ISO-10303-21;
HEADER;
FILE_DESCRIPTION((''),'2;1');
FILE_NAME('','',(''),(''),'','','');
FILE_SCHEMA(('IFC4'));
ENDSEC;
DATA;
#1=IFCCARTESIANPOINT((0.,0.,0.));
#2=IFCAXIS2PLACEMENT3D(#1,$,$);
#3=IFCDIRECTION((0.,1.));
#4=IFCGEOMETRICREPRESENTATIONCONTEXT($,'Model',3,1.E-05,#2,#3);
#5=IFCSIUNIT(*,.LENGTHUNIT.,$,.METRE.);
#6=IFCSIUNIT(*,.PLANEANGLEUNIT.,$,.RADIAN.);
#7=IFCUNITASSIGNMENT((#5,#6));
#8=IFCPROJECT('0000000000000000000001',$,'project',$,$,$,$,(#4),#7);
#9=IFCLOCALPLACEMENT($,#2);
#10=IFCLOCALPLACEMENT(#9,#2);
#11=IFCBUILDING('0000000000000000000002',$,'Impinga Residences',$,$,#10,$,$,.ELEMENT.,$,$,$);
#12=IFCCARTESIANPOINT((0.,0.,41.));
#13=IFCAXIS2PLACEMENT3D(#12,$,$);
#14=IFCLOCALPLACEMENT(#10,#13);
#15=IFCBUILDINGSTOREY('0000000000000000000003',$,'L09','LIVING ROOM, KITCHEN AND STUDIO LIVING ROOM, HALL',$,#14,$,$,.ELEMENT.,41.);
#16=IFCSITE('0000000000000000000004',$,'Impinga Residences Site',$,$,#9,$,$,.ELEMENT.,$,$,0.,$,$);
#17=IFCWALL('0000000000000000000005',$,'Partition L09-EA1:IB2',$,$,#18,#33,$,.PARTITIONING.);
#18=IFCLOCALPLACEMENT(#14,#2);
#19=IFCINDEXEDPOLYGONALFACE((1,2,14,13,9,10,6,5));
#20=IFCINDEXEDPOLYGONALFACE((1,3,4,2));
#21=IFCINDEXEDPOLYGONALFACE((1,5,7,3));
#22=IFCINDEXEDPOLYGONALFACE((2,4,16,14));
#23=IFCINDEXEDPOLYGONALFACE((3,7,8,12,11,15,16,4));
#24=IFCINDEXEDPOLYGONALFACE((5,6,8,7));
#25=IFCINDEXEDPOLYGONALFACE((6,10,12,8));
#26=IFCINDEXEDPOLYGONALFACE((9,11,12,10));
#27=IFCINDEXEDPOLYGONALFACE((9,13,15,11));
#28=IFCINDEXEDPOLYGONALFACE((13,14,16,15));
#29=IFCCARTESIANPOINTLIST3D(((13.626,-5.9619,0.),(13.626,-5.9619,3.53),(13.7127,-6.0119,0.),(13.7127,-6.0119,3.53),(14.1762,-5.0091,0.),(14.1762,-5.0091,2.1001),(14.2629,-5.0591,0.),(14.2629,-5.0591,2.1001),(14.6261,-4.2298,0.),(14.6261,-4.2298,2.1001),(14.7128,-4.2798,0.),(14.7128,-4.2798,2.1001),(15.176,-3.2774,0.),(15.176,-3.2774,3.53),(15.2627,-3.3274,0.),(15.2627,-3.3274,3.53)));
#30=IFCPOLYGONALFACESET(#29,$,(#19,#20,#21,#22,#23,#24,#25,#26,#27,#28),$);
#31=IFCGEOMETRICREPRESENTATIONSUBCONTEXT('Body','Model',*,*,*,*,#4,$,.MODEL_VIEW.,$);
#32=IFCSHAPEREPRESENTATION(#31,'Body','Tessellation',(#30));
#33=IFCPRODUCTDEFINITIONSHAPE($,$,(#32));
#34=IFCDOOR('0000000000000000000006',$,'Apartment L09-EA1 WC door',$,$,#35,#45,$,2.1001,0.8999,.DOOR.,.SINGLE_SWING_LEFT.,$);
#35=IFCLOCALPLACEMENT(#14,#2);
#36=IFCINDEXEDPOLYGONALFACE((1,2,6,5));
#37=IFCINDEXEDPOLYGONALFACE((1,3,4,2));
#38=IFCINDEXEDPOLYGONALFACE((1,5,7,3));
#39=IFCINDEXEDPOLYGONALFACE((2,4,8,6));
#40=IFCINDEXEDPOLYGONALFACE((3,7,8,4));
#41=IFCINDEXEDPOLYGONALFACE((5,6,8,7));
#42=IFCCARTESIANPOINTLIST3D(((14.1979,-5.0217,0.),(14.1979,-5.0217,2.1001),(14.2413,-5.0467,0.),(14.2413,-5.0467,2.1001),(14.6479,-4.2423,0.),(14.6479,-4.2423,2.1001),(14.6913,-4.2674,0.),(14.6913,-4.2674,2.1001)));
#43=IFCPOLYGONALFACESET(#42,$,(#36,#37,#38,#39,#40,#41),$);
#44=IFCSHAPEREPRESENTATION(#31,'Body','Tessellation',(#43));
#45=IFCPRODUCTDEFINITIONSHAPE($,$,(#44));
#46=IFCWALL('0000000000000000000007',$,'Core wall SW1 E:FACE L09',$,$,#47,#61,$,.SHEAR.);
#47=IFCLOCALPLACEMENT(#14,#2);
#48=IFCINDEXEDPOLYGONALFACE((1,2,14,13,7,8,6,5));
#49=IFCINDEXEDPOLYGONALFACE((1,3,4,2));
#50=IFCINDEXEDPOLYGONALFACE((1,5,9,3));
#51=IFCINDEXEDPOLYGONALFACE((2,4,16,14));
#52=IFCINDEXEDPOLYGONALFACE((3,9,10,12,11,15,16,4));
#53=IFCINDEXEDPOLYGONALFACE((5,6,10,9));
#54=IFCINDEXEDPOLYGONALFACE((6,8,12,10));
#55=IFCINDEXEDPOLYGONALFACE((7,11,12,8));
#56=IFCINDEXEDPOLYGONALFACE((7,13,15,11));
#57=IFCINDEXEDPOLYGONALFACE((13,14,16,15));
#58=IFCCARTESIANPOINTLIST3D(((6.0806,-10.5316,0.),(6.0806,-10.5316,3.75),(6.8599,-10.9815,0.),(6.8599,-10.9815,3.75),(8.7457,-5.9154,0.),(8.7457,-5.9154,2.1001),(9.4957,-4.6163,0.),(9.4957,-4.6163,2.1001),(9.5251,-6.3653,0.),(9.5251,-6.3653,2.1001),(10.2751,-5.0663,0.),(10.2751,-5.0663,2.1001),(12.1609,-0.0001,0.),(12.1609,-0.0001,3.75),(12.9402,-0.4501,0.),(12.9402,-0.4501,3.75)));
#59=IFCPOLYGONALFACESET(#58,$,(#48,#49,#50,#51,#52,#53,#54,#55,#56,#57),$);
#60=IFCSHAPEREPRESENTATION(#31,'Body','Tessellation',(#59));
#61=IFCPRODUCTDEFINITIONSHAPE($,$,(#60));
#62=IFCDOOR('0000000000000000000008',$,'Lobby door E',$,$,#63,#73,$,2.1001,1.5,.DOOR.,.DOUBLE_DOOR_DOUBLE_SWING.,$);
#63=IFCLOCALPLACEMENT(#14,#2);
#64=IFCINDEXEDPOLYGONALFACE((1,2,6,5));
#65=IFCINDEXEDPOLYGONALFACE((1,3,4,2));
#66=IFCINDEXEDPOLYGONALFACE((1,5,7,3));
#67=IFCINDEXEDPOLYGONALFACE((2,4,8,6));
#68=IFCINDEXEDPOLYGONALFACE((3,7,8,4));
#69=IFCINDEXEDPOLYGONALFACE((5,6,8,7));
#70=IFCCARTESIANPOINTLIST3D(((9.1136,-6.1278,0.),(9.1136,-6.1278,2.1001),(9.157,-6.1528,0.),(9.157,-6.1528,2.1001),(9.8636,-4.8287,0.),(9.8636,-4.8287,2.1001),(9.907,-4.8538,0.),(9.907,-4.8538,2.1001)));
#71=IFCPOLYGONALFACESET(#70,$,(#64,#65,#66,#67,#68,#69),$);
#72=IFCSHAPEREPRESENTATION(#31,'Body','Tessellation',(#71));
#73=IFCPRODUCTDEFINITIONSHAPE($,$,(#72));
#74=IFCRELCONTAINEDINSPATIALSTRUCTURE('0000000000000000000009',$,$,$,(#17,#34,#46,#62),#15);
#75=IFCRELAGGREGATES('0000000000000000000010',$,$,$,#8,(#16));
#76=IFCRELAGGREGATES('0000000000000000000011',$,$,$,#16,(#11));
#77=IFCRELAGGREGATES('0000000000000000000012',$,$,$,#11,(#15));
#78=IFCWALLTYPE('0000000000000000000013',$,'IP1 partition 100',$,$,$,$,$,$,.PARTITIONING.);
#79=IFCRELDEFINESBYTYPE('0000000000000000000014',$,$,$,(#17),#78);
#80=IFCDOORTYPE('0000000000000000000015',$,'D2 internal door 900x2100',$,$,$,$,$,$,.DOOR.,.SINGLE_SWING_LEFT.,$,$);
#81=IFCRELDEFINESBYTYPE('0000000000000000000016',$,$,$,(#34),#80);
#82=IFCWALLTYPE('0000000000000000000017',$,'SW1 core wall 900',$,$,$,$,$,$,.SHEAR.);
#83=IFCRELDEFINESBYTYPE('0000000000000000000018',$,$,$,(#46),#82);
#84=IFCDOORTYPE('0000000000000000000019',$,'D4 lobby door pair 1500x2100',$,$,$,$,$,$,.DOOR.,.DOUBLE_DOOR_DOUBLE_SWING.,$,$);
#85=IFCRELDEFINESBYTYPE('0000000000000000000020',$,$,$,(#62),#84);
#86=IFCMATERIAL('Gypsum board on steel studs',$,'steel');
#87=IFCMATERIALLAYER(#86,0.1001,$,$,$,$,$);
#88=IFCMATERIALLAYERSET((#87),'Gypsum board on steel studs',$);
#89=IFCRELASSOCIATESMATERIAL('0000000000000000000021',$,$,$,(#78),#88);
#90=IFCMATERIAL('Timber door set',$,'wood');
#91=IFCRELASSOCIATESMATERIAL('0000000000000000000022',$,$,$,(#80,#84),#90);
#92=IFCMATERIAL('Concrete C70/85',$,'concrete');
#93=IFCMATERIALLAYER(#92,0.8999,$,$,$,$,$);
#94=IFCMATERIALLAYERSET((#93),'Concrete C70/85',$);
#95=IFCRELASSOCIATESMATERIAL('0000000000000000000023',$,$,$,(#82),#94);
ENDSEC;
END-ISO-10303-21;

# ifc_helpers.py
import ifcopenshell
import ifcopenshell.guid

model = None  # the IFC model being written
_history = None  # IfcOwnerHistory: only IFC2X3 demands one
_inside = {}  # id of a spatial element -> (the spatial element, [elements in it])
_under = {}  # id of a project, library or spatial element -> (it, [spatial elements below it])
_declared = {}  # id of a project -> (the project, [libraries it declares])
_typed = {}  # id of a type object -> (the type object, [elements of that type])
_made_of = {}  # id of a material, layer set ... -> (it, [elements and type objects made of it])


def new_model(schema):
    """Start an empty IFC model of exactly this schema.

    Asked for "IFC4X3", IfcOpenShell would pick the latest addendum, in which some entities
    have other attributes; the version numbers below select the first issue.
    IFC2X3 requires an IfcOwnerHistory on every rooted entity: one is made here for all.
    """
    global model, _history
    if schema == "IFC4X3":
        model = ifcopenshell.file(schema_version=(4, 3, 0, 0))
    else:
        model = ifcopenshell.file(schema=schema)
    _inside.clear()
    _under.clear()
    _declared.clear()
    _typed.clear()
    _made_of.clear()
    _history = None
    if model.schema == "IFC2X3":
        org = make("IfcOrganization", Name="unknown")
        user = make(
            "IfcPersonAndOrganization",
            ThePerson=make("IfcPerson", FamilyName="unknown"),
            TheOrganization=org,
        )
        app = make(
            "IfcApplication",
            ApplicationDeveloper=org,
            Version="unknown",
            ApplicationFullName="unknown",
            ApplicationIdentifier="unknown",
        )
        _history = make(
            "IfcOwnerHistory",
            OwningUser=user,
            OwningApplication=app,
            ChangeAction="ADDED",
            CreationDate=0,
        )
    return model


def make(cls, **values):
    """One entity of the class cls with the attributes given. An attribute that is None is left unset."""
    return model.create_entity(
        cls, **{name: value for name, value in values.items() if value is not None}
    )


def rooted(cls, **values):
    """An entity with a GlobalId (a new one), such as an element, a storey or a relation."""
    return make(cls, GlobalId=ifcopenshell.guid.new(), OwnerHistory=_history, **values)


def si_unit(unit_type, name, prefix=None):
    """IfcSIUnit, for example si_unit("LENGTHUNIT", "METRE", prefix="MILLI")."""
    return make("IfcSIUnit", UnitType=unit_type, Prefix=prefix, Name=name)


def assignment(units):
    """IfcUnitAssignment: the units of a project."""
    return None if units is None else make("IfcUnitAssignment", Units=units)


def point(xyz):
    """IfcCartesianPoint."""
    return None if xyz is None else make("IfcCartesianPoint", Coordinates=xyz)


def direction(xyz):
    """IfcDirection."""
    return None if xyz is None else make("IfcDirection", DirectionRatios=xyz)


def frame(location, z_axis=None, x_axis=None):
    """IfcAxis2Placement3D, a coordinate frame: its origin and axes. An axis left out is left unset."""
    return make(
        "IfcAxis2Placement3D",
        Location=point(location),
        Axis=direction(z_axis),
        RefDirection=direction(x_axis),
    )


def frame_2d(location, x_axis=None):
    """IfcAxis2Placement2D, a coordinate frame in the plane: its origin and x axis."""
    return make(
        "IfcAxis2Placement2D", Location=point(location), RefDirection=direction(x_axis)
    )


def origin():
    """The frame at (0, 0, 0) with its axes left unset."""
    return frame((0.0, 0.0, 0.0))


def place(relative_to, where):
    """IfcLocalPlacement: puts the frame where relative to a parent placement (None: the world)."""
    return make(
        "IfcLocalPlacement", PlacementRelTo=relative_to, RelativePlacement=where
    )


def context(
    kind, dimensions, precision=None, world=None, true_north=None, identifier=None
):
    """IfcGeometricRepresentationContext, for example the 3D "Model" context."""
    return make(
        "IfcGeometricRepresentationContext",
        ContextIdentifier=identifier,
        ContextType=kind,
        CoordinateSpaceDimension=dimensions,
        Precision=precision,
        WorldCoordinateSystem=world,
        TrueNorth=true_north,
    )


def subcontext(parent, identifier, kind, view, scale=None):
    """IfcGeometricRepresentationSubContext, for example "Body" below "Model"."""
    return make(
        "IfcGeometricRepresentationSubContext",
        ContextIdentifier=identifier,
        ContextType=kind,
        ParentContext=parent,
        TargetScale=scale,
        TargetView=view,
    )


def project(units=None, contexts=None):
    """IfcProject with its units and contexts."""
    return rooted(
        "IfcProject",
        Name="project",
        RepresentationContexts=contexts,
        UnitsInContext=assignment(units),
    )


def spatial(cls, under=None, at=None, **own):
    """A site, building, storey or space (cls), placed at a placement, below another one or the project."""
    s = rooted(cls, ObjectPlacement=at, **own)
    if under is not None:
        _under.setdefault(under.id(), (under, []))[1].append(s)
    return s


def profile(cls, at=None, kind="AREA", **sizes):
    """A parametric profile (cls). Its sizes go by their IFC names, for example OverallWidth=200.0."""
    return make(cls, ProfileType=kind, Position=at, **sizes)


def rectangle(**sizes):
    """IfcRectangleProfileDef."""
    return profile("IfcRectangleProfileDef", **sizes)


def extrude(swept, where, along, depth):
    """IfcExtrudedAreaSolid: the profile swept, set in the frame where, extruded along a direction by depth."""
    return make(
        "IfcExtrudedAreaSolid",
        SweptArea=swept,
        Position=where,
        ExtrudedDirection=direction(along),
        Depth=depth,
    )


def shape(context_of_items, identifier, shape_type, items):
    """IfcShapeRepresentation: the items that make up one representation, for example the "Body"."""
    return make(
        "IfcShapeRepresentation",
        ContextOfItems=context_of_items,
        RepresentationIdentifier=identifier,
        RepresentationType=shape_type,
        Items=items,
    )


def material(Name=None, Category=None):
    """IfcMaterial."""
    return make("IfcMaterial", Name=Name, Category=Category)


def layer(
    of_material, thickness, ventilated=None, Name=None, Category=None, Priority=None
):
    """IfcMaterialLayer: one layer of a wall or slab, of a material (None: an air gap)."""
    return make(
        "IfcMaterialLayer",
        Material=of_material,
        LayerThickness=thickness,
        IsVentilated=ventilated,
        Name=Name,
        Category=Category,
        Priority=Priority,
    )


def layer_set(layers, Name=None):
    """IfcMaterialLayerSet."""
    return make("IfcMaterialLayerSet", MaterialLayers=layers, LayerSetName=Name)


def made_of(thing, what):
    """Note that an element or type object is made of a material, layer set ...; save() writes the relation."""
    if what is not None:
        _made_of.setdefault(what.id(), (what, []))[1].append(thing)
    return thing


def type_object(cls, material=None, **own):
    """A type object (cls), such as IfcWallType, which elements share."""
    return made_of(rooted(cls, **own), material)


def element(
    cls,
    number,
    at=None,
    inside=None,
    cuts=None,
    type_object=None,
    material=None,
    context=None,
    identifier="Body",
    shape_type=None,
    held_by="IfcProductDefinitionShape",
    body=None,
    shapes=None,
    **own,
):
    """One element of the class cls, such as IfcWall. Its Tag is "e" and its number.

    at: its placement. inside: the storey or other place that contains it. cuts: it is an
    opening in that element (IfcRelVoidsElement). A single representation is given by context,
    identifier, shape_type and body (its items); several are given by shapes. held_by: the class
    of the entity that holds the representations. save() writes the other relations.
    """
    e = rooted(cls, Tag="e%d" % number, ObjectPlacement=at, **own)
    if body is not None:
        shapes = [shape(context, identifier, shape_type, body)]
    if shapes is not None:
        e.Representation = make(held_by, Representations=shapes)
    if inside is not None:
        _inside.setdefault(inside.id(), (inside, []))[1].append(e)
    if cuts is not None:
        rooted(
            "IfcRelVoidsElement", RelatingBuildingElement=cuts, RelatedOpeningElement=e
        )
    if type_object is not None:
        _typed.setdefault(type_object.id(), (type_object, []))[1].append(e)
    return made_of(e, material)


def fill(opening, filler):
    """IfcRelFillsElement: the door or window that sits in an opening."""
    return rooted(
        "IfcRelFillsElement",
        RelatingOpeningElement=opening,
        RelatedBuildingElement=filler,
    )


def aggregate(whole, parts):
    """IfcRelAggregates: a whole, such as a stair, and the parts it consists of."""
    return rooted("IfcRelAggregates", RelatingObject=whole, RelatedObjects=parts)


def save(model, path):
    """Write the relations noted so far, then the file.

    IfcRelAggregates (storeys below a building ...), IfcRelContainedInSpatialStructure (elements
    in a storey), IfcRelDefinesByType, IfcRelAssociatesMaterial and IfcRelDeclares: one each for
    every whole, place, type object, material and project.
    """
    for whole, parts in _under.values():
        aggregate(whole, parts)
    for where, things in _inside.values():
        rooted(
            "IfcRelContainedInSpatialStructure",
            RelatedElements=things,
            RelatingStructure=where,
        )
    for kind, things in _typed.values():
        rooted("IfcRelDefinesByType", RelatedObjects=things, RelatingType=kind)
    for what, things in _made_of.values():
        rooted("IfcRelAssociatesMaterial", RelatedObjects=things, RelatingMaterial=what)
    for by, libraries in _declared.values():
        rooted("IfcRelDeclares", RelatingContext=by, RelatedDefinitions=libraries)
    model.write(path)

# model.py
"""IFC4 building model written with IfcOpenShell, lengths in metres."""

from ifc_helpers import new_model, si_unit, direction, frame, frame_2d, origin, place, context, subcontext, project, spatial, rectangle, extrude, material, layer, layer_set, type_object, element, fill, save


model = new_model("IFC4")

# Units and contexts
model_context = context("Model", 3, precision=1e-05, world=origin(), true_north=direction((0.0, 1.0)))
body_context = subcontext(model_context, "Body", "Model", "MODEL_VIEW")
ifc_project = project(units=[si_unit("LENGTHUNIT", "METRE"), si_unit("PLANEANGLEUNIT", "RADIAN")], contexts=[model_context])

# Site, building, storey
site_placement = place(None, origin())
site = spatial("IfcSite", under=ifc_project, at=site_placement, Name="Impinga Residences Site", CompositionType="ELEMENT", RefElevation=0.0)
building_placement = place(site_placement, origin())
building = spatial("IfcBuilding", under=site, at=building_placement, Name="Impinga Residences", CompositionType="ELEMENT")
storey_placement = place(building_placement, frame((0.0, 0.0, 41.0)))
storey = spatial("IfcBuildingStorey", under=building, at=storey_placement, Name="L09", Description="LIVING ROOM, KITCHEN AND STUDIO LIVING ROOM, HALL", CompositionType="ELEMENT", Elevation=41.0)

# Shared definitions
ifc_material_1 = material(Name="Concrete C70/85", Category="concrete")
ifc_material_2 = material(Name="Timber door set", Category="wood")

# Shared definitions
ifc_material_3 = material(Name="Gypsum board on steel studs", Category="steel")
ifc_layer_1 = layer(ifc_material_3, 0.1001)
ifc_layer_set_1 = layer_set([ifc_layer_1], Name="Gypsum board on steel studs")
wall_type_1 = type_object("IfcWallType", Name="IP1 partition 100", PredefinedType="PARTITIONING", material=ifc_layer_set_1)

# Walls, openings, doors
door_type_1 = type_object("IfcDoorType", Name="D2 internal door 900x2100", OperationType="SINGLE_SWING_LEFT", PredefinedType="DOOR", material=ifc_material_2)
wall_1_placement = place(storey_placement, frame((13.6694, -5.9868, 0.0), z_axis=(0.0, 0.0, 1.0), x_axis=(0.500027, 0.86601, 0.0)))
wall_1 = element("IfcWall", 1, at=wall_1_placement, inside=storey, type_object=wall_type_1, Name="Partition L09-EA1:IB2", PredefinedType="PARTITIONING", context=body_context, shape_type="SweptSolid", body=[
    extrude(rectangle(XDim=3.0999, YDim=0.1001, at=frame_2d((1.5498, 0.0))), origin(), (0.0, 0.0, 1.0), 3.53),
])
opening_1_placement = place(wall_1_placement, frame((1.1001, 0.0, 0.0)))
opening_1 = element("IfcOpeningElement", 2, at=opening_1_placement, cuts=wall_1, PredefinedType="OPENING", context=body_context, shape_type="SweptSolid", body=[
    extrude(rectangle(XDim=0.8999, YDim=2.1001, at=frame_2d((0.45, 1.05))), frame((0.0, 0.0601, 0.0), z_axis=(0.0, -1.0, 0.0), x_axis=(1.0, 0.0, 0.0)), (0.0, 0.0, 1.0), 0.1201),
])
door_1_placement = place(opening_1_placement, origin())
door_1 = element("IfcDoor", 3, at=door_1_placement, inside=storey, type_object=door_type_1, Name="Apartment L09-EA1 WC door", OperationType="SINGLE_SWING_LEFT", OverallHeight=2.1001, OverallWidth=0.8999, PredefinedType="DOOR", context=body_context, shape_type="SweptSolid", body=[
    extrude(rectangle(XDim=0.8999, YDim=2.1001, at=frame_2d((0.45, 1.05))), frame((0.0, 0.0249, 0.0), z_axis=(0.0, -1.0, 0.0), x_axis=(1.0, 0.0, 0.0)), (0.0, 0.0, 1.0), 0.05),
])
fill(opening_1, door_1)
ifc_layer_2 = layer(ifc_material_1, 0.8999)
ifc_layer_set_2 = layer_set([ifc_layer_2], Name="Concrete C70/85")
wall_type_2 = type_object("IfcWallType", Name="SW1 core wall 900", PredefinedType="SHEAR", material=ifc_layer_set_2)
wall_2_placement = place(storey_placement, frame((12.5505, -0.2251, 0.0), z_axis=(0.0, 0.0, 1.0), x_axis=(-0.499998, -0.866027, 0.0)))
wall_2 = element("IfcWall", 4, at=wall_2_placement, inside=storey, type_object=wall_type_2, Name="Core wall SW1 E:FACE L09", PredefinedType="SHEAR", context=body_context, shape_type="SweptSolid", body=[
    extrude(rectangle(XDim=12.1606, YDim=0.8999, at=frame_2d((6.0803, 0.0))), origin(), (0.0, 0.0, 1.0), 3.75),
])
opening_2_placement = place(wall_2_placement, frame((5.3303, 0.0, 0.0)))
opening_2 = element("IfcOpeningElement", 5, at=opening_2_placement, cuts=wall_2, PredefinedType="OPENING", context=body_context, shape_type="SweptSolid", body=[
    extrude(rectangle(XDim=1.5, YDim=2.1001, at=frame_2d((0.75, 1.05))), frame((0.0, 0.46, 0.0), z_axis=(0.0, -1.0, 0.0), x_axis=(1.0, 0.0, 0.0)), (0.0, 0.0, 1.0), 0.9199),
])
door_type_2 = type_object("IfcDoorType", Name="D4 lobby door pair 1500x2100", OperationType="DOUBLE_DOOR_DOUBLE_SWING", PredefinedType="DOOR", material=ifc_material_2)
door_2_placement = place(opening_2_placement, origin())
door_2 = element("IfcDoor", 6, at=door_2_placement, inside=storey, type_object=door_type_2, Name="Lobby door E", OperationType="DOUBLE_DOOR_DOUBLE_SWING", OverallHeight=2.1001, OverallWidth=1.5, PredefinedType="DOOR", context=body_context, shape_type="SweptSolid", body=[
    extrude(rectangle(XDim=1.5, YDim=2.1001, at=frame_2d((0.75, 1.05))), frame((0.0, 0.0249, 0.0), z_axis=(0.0, -1.0, 0.0), x_axis=(1.0, 0.0, 0.0)), (0.0, 0.0, 1.0), 0.05),
])
fill(opening_2, door_2)

save(model, "model.ifc")
